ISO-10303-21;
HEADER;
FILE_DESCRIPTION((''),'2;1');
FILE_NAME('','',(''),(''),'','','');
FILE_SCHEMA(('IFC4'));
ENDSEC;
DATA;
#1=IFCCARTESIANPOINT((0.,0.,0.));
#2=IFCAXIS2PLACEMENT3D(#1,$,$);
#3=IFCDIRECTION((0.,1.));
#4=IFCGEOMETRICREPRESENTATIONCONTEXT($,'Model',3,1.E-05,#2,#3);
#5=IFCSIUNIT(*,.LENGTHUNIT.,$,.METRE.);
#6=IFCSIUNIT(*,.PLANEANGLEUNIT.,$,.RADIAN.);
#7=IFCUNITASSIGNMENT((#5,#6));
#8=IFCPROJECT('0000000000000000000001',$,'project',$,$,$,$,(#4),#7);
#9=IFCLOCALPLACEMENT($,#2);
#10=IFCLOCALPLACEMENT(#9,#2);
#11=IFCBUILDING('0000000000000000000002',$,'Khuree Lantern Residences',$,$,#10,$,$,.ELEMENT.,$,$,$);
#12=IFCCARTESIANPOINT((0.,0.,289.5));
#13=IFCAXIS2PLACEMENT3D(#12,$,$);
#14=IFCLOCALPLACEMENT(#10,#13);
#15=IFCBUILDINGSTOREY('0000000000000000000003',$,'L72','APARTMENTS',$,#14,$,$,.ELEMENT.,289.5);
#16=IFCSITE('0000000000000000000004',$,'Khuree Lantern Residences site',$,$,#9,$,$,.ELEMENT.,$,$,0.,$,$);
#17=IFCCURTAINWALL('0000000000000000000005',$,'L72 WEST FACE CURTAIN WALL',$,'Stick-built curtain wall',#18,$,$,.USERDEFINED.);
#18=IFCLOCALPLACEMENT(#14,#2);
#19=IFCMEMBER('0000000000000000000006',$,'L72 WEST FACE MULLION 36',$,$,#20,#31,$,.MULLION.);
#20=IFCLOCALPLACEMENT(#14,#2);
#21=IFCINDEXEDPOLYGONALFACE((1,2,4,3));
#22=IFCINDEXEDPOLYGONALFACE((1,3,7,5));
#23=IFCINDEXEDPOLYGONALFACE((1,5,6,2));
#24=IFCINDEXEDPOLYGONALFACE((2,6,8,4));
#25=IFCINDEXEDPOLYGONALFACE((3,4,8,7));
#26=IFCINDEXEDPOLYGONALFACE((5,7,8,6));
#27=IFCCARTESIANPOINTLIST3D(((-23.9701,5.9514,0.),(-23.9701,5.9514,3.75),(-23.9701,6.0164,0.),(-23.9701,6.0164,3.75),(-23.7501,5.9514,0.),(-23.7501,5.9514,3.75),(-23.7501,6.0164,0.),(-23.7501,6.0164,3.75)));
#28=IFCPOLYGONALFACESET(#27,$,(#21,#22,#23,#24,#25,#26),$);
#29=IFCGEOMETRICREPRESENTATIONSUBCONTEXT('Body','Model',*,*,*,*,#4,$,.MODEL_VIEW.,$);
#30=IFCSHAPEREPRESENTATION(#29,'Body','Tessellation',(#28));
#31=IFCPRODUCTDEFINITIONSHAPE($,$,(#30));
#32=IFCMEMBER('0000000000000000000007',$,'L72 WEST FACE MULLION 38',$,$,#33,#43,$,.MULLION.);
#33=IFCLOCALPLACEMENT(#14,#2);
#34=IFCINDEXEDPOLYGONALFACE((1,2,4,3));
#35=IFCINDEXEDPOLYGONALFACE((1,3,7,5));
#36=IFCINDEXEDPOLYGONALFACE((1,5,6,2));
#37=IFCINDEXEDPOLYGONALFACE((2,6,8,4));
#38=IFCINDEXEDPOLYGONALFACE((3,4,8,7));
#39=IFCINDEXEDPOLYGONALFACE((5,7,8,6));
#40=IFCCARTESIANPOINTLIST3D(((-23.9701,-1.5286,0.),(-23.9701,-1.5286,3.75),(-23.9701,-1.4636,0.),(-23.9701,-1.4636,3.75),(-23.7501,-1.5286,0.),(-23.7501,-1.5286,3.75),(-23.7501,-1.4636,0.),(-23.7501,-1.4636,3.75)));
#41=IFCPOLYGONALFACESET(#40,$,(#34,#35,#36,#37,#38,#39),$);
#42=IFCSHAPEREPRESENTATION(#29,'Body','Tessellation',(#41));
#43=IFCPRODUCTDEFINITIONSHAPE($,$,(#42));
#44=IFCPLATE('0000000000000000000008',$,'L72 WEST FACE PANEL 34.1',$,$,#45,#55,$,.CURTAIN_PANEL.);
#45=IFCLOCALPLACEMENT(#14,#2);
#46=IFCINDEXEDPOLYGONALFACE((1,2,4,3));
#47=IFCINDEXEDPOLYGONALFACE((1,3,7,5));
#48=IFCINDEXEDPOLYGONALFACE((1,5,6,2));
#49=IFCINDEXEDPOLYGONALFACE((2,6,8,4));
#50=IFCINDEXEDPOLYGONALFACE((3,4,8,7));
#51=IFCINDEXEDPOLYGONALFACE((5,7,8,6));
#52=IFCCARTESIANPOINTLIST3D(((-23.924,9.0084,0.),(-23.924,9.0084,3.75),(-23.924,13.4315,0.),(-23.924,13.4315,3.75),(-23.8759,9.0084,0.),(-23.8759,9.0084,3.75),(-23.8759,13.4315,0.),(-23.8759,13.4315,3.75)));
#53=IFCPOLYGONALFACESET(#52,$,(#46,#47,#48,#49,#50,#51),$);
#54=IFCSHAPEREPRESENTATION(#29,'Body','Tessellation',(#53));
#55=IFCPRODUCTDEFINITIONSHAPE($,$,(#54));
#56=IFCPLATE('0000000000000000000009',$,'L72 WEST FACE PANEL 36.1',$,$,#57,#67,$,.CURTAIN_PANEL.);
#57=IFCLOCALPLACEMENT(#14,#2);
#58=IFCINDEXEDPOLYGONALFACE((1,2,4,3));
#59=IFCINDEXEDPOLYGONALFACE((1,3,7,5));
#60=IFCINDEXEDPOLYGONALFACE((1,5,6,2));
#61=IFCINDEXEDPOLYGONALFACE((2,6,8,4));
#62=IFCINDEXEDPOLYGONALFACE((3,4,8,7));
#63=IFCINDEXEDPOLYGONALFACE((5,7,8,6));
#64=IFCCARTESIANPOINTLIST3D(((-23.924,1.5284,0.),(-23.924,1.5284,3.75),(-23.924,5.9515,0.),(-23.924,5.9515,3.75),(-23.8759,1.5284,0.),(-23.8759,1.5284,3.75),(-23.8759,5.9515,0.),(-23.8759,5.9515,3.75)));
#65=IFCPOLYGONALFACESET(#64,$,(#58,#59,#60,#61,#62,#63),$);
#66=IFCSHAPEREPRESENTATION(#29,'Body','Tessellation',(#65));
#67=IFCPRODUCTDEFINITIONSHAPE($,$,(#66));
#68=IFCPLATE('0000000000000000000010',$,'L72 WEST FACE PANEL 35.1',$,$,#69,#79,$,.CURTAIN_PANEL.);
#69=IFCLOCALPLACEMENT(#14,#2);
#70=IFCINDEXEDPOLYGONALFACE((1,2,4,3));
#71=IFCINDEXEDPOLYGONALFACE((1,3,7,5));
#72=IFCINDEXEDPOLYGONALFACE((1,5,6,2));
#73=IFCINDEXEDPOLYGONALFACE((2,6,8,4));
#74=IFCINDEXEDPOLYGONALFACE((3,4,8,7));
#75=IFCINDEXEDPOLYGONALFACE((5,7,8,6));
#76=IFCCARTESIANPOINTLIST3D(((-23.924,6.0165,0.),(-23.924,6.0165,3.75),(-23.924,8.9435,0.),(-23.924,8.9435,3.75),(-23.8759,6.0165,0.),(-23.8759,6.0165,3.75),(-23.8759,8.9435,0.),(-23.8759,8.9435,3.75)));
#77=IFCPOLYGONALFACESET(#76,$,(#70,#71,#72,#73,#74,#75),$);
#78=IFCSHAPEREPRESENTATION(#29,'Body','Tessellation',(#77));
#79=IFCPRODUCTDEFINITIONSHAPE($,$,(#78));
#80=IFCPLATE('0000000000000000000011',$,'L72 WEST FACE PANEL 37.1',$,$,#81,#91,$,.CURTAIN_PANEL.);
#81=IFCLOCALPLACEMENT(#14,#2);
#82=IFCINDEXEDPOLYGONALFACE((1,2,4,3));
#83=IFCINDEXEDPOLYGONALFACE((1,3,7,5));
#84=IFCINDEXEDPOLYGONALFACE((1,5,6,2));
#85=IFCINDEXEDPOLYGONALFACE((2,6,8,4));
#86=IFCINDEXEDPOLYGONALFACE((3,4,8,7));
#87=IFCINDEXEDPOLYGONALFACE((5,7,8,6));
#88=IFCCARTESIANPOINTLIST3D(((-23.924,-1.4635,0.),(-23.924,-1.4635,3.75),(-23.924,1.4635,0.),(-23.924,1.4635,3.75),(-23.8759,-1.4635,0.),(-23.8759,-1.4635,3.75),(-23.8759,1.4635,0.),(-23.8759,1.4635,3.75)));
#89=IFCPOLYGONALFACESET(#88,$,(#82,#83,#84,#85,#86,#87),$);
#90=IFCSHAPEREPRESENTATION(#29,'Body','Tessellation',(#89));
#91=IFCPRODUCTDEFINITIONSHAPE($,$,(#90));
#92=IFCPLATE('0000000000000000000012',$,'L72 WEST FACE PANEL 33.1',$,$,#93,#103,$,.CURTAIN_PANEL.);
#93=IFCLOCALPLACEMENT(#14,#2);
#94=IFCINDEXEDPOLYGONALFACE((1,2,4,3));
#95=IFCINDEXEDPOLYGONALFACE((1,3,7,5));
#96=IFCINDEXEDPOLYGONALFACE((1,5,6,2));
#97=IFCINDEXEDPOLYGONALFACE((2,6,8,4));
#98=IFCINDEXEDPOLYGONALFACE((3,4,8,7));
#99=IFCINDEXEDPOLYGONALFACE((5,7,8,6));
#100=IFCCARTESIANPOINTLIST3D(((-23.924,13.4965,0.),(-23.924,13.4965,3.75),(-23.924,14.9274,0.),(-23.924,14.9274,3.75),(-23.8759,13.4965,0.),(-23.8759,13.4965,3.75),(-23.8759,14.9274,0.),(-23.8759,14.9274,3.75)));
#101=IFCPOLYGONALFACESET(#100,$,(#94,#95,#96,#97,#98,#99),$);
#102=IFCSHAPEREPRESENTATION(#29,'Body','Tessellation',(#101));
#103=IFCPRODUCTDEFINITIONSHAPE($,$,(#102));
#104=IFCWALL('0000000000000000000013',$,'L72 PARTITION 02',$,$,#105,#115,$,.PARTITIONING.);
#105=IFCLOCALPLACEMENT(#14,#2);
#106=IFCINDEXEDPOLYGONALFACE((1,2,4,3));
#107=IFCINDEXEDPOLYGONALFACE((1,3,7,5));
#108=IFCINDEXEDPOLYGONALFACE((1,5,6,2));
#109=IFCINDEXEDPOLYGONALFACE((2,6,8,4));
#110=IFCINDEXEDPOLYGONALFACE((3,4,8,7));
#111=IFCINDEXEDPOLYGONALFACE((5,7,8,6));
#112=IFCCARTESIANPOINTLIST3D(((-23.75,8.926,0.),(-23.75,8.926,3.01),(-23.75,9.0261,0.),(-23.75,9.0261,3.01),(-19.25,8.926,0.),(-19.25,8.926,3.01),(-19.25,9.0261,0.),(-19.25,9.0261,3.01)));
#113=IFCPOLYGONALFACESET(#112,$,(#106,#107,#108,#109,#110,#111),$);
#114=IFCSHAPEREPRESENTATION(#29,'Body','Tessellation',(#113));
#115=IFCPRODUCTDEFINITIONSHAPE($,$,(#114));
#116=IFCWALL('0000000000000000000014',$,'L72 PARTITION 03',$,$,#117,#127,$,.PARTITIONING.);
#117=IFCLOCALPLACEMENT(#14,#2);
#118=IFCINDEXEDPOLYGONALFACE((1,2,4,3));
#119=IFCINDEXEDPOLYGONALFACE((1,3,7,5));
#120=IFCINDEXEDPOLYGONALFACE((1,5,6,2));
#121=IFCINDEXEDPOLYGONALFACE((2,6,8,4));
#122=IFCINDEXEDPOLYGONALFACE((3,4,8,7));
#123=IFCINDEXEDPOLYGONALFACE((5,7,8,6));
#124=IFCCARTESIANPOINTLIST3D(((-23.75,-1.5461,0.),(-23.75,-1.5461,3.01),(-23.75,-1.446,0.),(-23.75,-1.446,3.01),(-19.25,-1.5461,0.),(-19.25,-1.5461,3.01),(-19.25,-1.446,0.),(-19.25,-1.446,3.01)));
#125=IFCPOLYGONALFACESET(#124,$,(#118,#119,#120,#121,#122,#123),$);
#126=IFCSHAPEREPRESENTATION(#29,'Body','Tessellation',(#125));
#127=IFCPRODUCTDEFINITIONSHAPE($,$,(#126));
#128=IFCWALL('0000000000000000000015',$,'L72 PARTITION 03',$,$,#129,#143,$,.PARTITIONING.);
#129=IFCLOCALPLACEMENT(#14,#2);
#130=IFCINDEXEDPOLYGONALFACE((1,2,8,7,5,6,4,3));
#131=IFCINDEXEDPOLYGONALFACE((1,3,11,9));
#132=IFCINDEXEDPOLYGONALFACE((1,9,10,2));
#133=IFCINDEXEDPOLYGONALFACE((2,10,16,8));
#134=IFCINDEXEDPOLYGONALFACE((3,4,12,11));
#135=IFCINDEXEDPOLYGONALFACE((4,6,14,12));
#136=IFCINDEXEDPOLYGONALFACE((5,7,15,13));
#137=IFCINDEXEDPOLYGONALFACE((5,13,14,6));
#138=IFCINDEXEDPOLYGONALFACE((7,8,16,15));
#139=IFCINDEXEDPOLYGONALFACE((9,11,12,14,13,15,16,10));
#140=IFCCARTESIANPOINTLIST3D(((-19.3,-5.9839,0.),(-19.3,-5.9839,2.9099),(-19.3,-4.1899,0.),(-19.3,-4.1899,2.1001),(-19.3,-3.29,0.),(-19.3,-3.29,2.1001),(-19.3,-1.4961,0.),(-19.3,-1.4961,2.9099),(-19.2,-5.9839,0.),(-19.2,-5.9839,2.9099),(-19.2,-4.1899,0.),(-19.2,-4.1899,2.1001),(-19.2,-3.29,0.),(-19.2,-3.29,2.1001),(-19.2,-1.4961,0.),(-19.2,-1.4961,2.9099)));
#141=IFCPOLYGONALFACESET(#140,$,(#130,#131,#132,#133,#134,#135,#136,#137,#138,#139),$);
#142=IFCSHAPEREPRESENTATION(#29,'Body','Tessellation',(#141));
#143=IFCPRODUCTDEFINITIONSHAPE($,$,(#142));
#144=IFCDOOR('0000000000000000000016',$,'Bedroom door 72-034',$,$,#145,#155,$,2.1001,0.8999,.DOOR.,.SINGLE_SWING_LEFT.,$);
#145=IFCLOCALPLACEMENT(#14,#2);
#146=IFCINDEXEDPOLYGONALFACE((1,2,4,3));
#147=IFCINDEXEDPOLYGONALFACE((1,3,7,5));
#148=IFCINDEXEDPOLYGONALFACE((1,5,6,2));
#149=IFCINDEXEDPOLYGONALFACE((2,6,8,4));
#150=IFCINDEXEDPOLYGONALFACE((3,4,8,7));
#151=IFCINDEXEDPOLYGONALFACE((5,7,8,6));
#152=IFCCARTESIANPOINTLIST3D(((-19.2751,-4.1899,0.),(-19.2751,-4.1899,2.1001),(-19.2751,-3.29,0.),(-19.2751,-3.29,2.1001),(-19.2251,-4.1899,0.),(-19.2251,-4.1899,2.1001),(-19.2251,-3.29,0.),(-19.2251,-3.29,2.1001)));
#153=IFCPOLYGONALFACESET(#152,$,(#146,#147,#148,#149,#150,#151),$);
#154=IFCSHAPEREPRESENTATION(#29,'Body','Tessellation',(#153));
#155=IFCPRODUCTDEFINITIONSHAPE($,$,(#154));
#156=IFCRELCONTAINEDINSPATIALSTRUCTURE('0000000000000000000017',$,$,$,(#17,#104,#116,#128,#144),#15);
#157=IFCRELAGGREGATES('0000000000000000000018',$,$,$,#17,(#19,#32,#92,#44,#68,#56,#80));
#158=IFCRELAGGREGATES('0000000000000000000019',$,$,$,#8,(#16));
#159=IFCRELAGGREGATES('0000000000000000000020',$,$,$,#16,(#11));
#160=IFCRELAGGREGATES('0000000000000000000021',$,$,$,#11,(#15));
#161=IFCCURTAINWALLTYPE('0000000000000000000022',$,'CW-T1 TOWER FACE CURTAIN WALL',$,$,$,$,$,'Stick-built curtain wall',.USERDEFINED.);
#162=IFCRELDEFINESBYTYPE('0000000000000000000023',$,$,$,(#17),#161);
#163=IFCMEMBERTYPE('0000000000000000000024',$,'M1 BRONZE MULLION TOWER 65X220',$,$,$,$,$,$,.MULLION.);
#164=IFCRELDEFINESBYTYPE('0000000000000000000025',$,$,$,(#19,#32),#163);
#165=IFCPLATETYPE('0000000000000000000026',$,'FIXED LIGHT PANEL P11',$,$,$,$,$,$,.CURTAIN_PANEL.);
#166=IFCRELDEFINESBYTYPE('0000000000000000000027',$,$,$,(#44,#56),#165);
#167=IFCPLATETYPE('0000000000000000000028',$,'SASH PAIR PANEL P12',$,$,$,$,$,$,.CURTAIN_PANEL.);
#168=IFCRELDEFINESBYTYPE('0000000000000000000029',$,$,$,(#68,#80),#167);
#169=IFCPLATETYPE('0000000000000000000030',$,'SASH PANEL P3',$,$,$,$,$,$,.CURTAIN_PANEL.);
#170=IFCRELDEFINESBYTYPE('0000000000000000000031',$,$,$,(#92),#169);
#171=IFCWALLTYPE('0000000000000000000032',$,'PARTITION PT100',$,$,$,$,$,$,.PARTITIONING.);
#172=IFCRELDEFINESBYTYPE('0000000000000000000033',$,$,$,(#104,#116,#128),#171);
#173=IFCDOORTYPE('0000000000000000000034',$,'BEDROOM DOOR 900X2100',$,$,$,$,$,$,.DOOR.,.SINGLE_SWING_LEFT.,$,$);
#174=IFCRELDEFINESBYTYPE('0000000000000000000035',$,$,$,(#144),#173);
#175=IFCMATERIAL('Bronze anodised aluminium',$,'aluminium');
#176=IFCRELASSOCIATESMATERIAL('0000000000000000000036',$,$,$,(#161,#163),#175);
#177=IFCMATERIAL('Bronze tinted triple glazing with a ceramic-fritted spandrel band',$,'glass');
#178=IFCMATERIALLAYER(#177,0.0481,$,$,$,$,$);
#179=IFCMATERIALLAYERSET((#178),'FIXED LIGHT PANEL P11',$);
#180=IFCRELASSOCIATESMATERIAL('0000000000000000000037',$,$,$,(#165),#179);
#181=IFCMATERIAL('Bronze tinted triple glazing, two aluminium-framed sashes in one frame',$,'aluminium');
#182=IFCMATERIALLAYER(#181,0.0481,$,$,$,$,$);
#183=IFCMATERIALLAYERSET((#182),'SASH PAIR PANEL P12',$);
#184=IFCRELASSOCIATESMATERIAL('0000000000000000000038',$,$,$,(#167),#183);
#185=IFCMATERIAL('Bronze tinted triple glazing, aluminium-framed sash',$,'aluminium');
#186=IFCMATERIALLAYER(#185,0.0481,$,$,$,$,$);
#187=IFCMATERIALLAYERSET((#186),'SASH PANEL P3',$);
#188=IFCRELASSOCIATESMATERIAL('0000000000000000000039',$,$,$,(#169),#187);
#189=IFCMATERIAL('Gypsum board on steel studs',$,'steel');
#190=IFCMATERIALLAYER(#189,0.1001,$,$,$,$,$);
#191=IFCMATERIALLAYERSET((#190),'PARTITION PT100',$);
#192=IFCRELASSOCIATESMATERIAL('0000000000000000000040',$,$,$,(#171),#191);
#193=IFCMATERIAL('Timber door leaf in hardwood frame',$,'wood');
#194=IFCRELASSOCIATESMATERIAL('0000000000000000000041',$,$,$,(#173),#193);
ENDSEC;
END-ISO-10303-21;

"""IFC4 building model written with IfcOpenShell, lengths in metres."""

from ifc_helpers import new_model, si_unit, direction, frame, frame_2d, origin, origin_2d, place, context, subcontext, project, spatial, rectangle, extrude, material, layer, layer_set, material_profile, profile_set, type_object, element, fill, aggregate, save


model = new_model("IFC4")

# Units and contexts
model_context = context("Model", 3, precision=1e-05, world=origin(), true_north=direction((0.0, 1.0)))
body_context = subcontext(model_context, "Body", "Model", "MODEL_VIEW")
ifc_project = project(units=[si_unit("LENGTHUNIT", "METRE"), si_unit("PLANEANGLEUNIT", "RADIAN")], contexts=[model_context])

# Site, building, storey
site_placement = place(None, origin())
site = spatial("IfcSite", under=ifc_project, at=site_placement, Name="Khuree Lantern Residences site", CompositionType="ELEMENT", RefElevation=0.0)
building_placement = place(site_placement, origin())
building = spatial("IfcBuilding", under=site, at=building_placement, Name="Khuree Lantern Residences", CompositionType="ELEMENT")
storey_placement = place(building_placement, frame((0.0, 0.0, 289.5)))
storey = spatial("IfcBuildingStorey", under=building, at=storey_placement, Name="L72", Description="APARTMENTS", CompositionType="ELEMENT", Elevation=289.5)

# Curtain wall
ifc_material_1 = material(Name="Bronze anodised aluminium", Category="aluminium")
curtain_wall_type = type_object("IfcCurtainWallType", Name="CW-T1 TOWER FACE CURTAIN WALL", ElementType="Stick-built curtain wall", PredefinedType="USERDEFINED", material=ifc_material_1)
curtain_wall_placement = place(storey_placement, origin())
curtain_wall = element("IfcCurtainWall", 1, at=curtain_wall_placement, inside=storey, type_object=curtain_wall_type, Name="L72 WEST FACE CURTAIN WALL", ObjectType="Stick-built curtain wall", PredefinedType="USERDEFINED")

# Members
ifc_material_profile_1 = material_profile(ifc_material_1, rectangle(XDim=0.0649, YDim=0.22, at=origin_2d()), Name="M1 65X220")
ifc_profile_set_1 = profile_set([ifc_material_profile_1], Name="Bronze anodised aluminium")
member_type_1 = type_object("IfcMemberType", Name="M1 BRONZE MULLION TOWER 65X220", PredefinedType="MULLION", material=ifc_profile_set_1)
member_1_placement = place(storey_placement, frame((-23.8601, 5.9839, 0.0), z_axis=(0.0, 0.0, 1.0), x_axis=(0.0, -1.0, 0.0)))
member_1 = element("IfcMember", 2, at=member_1_placement, type_object=member_type_1, Name="L72 WEST FACE MULLION 36", PredefinedType="MULLION", context=body_context, shape_type="SweptSolid", body=[
    extrude(rectangle(XDim=0.0649, YDim=0.22, at=origin_2d()), origin(), (0.0, 0.0, 1.0), 3.75),
])
member_2_placement = place(storey_placement, frame((-23.8601, -1.4961, 0.0), z_axis=(0.0, 0.0, 1.0), x_axis=(0.0, -1.0, 0.0)))
member_2 = element("IfcMember", 3, at=member_2_placement, type_object=member_type_1, Name="L72 WEST FACE MULLION 38", PredefinedType="MULLION", context=body_context, shape_type="SweptSolid", body=[
    extrude(rectangle(XDim=0.0649, YDim=0.22, at=origin_2d()), origin(), (0.0, 0.0, 1.0), 3.75),
])

# Plates
ifc_material_2 = material(Name="Bronze tinted triple glazing with a ceramic-fritted spandrel band", Category="glass")
ifc_layer_1 = layer(ifc_material_2, 0.0481)
ifc_layer_set_1 = layer_set([ifc_layer_1], Name="FIXED LIGHT PANEL P11")
plate_type_1 = type_object("IfcPlateType", Name="FIXED LIGHT PANEL P11", PredefinedType="CURTAIN_PANEL", material=ifc_layer_set_1)
plate_1_placement = place(storey_placement, frame((-23.8999, 11.22, 0.0), z_axis=(0.0, 0.0, 1.0), x_axis=(0.0, -1.0, 0.0)))
plate_1 = element("IfcPlate", 4, at=plate_1_placement, type_object=plate_type_1, Name="L72 WEST FACE PANEL 34.1", PredefinedType="CURTAIN_PANEL", context=body_context, shape_type="SweptSolid", body=[
    extrude(rectangle(XDim=4.4231, YDim=0.0481, at=origin_2d()), origin(), (0.0, 0.0, 1.0), 3.75),
])
plate_2_placement = place(storey_placement, frame((-23.8999, 3.74, 0.0), z_axis=(0.0, 0.0, 1.0), x_axis=(0.0, -1.0, 0.0)))
plate_2 = element("IfcPlate", 5, at=plate_2_placement, type_object=plate_type_1, Name="L72 WEST FACE PANEL 36.1", PredefinedType="CURTAIN_PANEL", context=body_context, shape_type="SweptSolid", body=[
    extrude(rectangle(XDim=4.4231, YDim=0.0481, at=origin_2d()), origin(), (0.0, 0.0, 1.0), 3.75),
])
ifc_material_3 = material(Name="Bronze tinted triple glazing, two aluminium-framed sashes in one frame", Category="aluminium")
ifc_layer_2 = layer(ifc_material_3, 0.0481)
ifc_layer_set_2 = layer_set([ifc_layer_2], Name="SASH PAIR PANEL P12")
plate_type_2 = type_object("IfcPlateType", Name="SASH PAIR PANEL P12", PredefinedType="CURTAIN_PANEL", material=ifc_layer_set_2)
plate_3_placement = place(storey_placement, frame((-23.8999, 7.48, 0.0), z_axis=(0.0, 0.0, 1.0), x_axis=(0.0, -1.0, 0.0)))
plate_3 = element("IfcPlate", 6, at=plate_3_placement, type_object=plate_type_2, Name="L72 WEST FACE PANEL 35.1", PredefinedType="CURTAIN_PANEL", context=body_context, shape_type="SweptSolid", body=[
    extrude(rectangle(XDim=2.927, YDim=0.0481, at=origin_2d()), origin(), (0.0, 0.0, 1.0), 3.75),
])
plate_4_placement = place(storey_placement, frame((-23.8999, 0.0, 0.0), z_axis=(0.0, 0.0, 1.0), x_axis=(0.0, -1.0, 0.0)))
plate_4 = element("IfcPlate", 7, at=plate_4_placement, type_object=plate_type_2, Name="L72 WEST FACE PANEL 37.1", PredefinedType="CURTAIN_PANEL", context=body_context, shape_type="SweptSolid", body=[
    extrude(rectangle(XDim=2.927, YDim=0.0481, at=origin_2d()), origin(), (0.0, 0.0, 1.0), 3.75),
])
ifc_material_4 = material(Name="Bronze tinted triple glazing, aluminium-framed sash", Category="aluminium")
ifc_layer_3 = layer(ifc_material_4, 0.0481)
ifc_layer_set_3 = layer_set([ifc_layer_3], Name="SASH PANEL P3")
plate_type_3 = type_object("IfcPlateType", Name="SASH PANEL P3", PredefinedType="CURTAIN_PANEL", material=ifc_layer_set_3)
plate_5_placement = place(storey_placement, frame((-23.8999, 14.2119, 0.0), z_axis=(0.0, 0.0, 1.0), x_axis=(0.0, -1.0, 0.0)))
plate_5 = element("IfcPlate", 8, at=plate_5_placement, type_object=plate_type_3, Name="L72 WEST FACE PANEL 33.1", PredefinedType="CURTAIN_PANEL", context=body_context, shape_type="SweptSolid", body=[
    extrude(rectangle(XDim=1.4309, YDim=0.0481, at=origin_2d()), origin(), (0.0, 0.0, 1.0), 3.75),
])
aggregate(curtain_wall, [member_1, member_2, plate_5, plate_1, plate_3, plate_2, plate_4])

# Walls
ifc_material_5 = material(Name="Gypsum board on steel studs", Category="steel")
ifc_layer_4 = layer(ifc_material_5, 0.1001)
ifc_layer_set_4 = layer_set([ifc_layer_4], Name="PARTITION PT100")
wall_type = type_object("IfcWallType", Name="PARTITION PT100", PredefinedType="PARTITIONING", material=ifc_layer_set_4)
for number, where, z_axis, x_axis, name in (
    (9, (-19.25, 8.9761, 0.0), (0.0, 0.0, 1.0), (-1.0, 0.0, 0.0), "L72 PARTITION 02"),
    (10, (-19.25, -1.4961, 0.0), (0.0, 0.0, 1.0), (-1.0, 0.0, 0.0), "L72 PARTITION 03"),
):
    element("IfcWall", number, at=place(storey_placement, frame(where, z_axis=z_axis, x_axis=x_axis)), inside=storey, type_object=wall_type, Name=name, PredefinedType="PARTITIONING", context=body_context, shape_type="SweptSolid", body=[
        extrude(rectangle(XDim=4.5, YDim=0.1001, at=frame_2d((2.25, 0.0))), origin(), (0.0, 0.0, 1.0), 3.01),
    ])

# Wall, opening, door
wall_placement = place(storey_placement, frame((-19.25, -1.4961, 0.0), z_axis=(0.0, 0.0, 1.0), x_axis=(0.0, -1.0, 0.0)))
wall = element("IfcWall", 11, at=wall_placement, inside=storey, type_object=wall_type, Name="L72 PARTITION 03", PredefinedType="PARTITIONING", context=body_context, shape_type="SweptSolid", body=[
    extrude(rectangle(XDim=4.4878, YDim=0.1001, at=frame_2d((2.2439, 0.0))), origin(), (0.0, 0.0, 1.0), 2.9099),
])
opening_placement = place(wall_placement, frame((1.7939, 0.0, 0.0)))
opening = element("IfcOpeningElement", 12, at=opening_placement, cuts=wall, PredefinedType="OPENING", context=body_context, shape_type="SweptSolid", body=[
    extrude(rectangle(XDim=0.8999, YDim=2.1001, at=frame_2d((0.45, 1.05))), frame((0.0, 0.0601, 0.0), z_axis=(0.0, -1.0, 0.0), x_axis=(1.0, 0.0, 0.0)), (0.0, 0.0, 1.0), 0.1201),
])
ifc_material_6 = material(Name="Timber door leaf in hardwood frame", Category="wood")
door_type = type_object("IfcDoorType", Name="BEDROOM DOOR 900X2100", OperationType="SINGLE_SWING_LEFT", PredefinedType="DOOR", material=ifc_material_6)
door_placement = place(opening_placement, origin())
door = element("IfcDoor", 13, at=door_placement, inside=storey, type_object=door_type, Name="Bedroom door 72-034", OperationType="SINGLE_SWING_LEFT", OverallHeight=2.1001, OverallWidth=0.8999, PredefinedType="DOOR", context=body_context, shape_type="SweptSolid", body=[
    extrude(rectangle(XDim=0.8999, YDim=2.1001, at=frame_2d((0.45, 1.05))), frame((0.0, 0.0249, 0.0), z_axis=(0.0, -1.0, 0.0), x_axis=(1.0, 0.0, 0.0)), (0.0, 0.0, 1.0), 0.05),
])
fill(opening, door)

save(model, "model.ifc")
